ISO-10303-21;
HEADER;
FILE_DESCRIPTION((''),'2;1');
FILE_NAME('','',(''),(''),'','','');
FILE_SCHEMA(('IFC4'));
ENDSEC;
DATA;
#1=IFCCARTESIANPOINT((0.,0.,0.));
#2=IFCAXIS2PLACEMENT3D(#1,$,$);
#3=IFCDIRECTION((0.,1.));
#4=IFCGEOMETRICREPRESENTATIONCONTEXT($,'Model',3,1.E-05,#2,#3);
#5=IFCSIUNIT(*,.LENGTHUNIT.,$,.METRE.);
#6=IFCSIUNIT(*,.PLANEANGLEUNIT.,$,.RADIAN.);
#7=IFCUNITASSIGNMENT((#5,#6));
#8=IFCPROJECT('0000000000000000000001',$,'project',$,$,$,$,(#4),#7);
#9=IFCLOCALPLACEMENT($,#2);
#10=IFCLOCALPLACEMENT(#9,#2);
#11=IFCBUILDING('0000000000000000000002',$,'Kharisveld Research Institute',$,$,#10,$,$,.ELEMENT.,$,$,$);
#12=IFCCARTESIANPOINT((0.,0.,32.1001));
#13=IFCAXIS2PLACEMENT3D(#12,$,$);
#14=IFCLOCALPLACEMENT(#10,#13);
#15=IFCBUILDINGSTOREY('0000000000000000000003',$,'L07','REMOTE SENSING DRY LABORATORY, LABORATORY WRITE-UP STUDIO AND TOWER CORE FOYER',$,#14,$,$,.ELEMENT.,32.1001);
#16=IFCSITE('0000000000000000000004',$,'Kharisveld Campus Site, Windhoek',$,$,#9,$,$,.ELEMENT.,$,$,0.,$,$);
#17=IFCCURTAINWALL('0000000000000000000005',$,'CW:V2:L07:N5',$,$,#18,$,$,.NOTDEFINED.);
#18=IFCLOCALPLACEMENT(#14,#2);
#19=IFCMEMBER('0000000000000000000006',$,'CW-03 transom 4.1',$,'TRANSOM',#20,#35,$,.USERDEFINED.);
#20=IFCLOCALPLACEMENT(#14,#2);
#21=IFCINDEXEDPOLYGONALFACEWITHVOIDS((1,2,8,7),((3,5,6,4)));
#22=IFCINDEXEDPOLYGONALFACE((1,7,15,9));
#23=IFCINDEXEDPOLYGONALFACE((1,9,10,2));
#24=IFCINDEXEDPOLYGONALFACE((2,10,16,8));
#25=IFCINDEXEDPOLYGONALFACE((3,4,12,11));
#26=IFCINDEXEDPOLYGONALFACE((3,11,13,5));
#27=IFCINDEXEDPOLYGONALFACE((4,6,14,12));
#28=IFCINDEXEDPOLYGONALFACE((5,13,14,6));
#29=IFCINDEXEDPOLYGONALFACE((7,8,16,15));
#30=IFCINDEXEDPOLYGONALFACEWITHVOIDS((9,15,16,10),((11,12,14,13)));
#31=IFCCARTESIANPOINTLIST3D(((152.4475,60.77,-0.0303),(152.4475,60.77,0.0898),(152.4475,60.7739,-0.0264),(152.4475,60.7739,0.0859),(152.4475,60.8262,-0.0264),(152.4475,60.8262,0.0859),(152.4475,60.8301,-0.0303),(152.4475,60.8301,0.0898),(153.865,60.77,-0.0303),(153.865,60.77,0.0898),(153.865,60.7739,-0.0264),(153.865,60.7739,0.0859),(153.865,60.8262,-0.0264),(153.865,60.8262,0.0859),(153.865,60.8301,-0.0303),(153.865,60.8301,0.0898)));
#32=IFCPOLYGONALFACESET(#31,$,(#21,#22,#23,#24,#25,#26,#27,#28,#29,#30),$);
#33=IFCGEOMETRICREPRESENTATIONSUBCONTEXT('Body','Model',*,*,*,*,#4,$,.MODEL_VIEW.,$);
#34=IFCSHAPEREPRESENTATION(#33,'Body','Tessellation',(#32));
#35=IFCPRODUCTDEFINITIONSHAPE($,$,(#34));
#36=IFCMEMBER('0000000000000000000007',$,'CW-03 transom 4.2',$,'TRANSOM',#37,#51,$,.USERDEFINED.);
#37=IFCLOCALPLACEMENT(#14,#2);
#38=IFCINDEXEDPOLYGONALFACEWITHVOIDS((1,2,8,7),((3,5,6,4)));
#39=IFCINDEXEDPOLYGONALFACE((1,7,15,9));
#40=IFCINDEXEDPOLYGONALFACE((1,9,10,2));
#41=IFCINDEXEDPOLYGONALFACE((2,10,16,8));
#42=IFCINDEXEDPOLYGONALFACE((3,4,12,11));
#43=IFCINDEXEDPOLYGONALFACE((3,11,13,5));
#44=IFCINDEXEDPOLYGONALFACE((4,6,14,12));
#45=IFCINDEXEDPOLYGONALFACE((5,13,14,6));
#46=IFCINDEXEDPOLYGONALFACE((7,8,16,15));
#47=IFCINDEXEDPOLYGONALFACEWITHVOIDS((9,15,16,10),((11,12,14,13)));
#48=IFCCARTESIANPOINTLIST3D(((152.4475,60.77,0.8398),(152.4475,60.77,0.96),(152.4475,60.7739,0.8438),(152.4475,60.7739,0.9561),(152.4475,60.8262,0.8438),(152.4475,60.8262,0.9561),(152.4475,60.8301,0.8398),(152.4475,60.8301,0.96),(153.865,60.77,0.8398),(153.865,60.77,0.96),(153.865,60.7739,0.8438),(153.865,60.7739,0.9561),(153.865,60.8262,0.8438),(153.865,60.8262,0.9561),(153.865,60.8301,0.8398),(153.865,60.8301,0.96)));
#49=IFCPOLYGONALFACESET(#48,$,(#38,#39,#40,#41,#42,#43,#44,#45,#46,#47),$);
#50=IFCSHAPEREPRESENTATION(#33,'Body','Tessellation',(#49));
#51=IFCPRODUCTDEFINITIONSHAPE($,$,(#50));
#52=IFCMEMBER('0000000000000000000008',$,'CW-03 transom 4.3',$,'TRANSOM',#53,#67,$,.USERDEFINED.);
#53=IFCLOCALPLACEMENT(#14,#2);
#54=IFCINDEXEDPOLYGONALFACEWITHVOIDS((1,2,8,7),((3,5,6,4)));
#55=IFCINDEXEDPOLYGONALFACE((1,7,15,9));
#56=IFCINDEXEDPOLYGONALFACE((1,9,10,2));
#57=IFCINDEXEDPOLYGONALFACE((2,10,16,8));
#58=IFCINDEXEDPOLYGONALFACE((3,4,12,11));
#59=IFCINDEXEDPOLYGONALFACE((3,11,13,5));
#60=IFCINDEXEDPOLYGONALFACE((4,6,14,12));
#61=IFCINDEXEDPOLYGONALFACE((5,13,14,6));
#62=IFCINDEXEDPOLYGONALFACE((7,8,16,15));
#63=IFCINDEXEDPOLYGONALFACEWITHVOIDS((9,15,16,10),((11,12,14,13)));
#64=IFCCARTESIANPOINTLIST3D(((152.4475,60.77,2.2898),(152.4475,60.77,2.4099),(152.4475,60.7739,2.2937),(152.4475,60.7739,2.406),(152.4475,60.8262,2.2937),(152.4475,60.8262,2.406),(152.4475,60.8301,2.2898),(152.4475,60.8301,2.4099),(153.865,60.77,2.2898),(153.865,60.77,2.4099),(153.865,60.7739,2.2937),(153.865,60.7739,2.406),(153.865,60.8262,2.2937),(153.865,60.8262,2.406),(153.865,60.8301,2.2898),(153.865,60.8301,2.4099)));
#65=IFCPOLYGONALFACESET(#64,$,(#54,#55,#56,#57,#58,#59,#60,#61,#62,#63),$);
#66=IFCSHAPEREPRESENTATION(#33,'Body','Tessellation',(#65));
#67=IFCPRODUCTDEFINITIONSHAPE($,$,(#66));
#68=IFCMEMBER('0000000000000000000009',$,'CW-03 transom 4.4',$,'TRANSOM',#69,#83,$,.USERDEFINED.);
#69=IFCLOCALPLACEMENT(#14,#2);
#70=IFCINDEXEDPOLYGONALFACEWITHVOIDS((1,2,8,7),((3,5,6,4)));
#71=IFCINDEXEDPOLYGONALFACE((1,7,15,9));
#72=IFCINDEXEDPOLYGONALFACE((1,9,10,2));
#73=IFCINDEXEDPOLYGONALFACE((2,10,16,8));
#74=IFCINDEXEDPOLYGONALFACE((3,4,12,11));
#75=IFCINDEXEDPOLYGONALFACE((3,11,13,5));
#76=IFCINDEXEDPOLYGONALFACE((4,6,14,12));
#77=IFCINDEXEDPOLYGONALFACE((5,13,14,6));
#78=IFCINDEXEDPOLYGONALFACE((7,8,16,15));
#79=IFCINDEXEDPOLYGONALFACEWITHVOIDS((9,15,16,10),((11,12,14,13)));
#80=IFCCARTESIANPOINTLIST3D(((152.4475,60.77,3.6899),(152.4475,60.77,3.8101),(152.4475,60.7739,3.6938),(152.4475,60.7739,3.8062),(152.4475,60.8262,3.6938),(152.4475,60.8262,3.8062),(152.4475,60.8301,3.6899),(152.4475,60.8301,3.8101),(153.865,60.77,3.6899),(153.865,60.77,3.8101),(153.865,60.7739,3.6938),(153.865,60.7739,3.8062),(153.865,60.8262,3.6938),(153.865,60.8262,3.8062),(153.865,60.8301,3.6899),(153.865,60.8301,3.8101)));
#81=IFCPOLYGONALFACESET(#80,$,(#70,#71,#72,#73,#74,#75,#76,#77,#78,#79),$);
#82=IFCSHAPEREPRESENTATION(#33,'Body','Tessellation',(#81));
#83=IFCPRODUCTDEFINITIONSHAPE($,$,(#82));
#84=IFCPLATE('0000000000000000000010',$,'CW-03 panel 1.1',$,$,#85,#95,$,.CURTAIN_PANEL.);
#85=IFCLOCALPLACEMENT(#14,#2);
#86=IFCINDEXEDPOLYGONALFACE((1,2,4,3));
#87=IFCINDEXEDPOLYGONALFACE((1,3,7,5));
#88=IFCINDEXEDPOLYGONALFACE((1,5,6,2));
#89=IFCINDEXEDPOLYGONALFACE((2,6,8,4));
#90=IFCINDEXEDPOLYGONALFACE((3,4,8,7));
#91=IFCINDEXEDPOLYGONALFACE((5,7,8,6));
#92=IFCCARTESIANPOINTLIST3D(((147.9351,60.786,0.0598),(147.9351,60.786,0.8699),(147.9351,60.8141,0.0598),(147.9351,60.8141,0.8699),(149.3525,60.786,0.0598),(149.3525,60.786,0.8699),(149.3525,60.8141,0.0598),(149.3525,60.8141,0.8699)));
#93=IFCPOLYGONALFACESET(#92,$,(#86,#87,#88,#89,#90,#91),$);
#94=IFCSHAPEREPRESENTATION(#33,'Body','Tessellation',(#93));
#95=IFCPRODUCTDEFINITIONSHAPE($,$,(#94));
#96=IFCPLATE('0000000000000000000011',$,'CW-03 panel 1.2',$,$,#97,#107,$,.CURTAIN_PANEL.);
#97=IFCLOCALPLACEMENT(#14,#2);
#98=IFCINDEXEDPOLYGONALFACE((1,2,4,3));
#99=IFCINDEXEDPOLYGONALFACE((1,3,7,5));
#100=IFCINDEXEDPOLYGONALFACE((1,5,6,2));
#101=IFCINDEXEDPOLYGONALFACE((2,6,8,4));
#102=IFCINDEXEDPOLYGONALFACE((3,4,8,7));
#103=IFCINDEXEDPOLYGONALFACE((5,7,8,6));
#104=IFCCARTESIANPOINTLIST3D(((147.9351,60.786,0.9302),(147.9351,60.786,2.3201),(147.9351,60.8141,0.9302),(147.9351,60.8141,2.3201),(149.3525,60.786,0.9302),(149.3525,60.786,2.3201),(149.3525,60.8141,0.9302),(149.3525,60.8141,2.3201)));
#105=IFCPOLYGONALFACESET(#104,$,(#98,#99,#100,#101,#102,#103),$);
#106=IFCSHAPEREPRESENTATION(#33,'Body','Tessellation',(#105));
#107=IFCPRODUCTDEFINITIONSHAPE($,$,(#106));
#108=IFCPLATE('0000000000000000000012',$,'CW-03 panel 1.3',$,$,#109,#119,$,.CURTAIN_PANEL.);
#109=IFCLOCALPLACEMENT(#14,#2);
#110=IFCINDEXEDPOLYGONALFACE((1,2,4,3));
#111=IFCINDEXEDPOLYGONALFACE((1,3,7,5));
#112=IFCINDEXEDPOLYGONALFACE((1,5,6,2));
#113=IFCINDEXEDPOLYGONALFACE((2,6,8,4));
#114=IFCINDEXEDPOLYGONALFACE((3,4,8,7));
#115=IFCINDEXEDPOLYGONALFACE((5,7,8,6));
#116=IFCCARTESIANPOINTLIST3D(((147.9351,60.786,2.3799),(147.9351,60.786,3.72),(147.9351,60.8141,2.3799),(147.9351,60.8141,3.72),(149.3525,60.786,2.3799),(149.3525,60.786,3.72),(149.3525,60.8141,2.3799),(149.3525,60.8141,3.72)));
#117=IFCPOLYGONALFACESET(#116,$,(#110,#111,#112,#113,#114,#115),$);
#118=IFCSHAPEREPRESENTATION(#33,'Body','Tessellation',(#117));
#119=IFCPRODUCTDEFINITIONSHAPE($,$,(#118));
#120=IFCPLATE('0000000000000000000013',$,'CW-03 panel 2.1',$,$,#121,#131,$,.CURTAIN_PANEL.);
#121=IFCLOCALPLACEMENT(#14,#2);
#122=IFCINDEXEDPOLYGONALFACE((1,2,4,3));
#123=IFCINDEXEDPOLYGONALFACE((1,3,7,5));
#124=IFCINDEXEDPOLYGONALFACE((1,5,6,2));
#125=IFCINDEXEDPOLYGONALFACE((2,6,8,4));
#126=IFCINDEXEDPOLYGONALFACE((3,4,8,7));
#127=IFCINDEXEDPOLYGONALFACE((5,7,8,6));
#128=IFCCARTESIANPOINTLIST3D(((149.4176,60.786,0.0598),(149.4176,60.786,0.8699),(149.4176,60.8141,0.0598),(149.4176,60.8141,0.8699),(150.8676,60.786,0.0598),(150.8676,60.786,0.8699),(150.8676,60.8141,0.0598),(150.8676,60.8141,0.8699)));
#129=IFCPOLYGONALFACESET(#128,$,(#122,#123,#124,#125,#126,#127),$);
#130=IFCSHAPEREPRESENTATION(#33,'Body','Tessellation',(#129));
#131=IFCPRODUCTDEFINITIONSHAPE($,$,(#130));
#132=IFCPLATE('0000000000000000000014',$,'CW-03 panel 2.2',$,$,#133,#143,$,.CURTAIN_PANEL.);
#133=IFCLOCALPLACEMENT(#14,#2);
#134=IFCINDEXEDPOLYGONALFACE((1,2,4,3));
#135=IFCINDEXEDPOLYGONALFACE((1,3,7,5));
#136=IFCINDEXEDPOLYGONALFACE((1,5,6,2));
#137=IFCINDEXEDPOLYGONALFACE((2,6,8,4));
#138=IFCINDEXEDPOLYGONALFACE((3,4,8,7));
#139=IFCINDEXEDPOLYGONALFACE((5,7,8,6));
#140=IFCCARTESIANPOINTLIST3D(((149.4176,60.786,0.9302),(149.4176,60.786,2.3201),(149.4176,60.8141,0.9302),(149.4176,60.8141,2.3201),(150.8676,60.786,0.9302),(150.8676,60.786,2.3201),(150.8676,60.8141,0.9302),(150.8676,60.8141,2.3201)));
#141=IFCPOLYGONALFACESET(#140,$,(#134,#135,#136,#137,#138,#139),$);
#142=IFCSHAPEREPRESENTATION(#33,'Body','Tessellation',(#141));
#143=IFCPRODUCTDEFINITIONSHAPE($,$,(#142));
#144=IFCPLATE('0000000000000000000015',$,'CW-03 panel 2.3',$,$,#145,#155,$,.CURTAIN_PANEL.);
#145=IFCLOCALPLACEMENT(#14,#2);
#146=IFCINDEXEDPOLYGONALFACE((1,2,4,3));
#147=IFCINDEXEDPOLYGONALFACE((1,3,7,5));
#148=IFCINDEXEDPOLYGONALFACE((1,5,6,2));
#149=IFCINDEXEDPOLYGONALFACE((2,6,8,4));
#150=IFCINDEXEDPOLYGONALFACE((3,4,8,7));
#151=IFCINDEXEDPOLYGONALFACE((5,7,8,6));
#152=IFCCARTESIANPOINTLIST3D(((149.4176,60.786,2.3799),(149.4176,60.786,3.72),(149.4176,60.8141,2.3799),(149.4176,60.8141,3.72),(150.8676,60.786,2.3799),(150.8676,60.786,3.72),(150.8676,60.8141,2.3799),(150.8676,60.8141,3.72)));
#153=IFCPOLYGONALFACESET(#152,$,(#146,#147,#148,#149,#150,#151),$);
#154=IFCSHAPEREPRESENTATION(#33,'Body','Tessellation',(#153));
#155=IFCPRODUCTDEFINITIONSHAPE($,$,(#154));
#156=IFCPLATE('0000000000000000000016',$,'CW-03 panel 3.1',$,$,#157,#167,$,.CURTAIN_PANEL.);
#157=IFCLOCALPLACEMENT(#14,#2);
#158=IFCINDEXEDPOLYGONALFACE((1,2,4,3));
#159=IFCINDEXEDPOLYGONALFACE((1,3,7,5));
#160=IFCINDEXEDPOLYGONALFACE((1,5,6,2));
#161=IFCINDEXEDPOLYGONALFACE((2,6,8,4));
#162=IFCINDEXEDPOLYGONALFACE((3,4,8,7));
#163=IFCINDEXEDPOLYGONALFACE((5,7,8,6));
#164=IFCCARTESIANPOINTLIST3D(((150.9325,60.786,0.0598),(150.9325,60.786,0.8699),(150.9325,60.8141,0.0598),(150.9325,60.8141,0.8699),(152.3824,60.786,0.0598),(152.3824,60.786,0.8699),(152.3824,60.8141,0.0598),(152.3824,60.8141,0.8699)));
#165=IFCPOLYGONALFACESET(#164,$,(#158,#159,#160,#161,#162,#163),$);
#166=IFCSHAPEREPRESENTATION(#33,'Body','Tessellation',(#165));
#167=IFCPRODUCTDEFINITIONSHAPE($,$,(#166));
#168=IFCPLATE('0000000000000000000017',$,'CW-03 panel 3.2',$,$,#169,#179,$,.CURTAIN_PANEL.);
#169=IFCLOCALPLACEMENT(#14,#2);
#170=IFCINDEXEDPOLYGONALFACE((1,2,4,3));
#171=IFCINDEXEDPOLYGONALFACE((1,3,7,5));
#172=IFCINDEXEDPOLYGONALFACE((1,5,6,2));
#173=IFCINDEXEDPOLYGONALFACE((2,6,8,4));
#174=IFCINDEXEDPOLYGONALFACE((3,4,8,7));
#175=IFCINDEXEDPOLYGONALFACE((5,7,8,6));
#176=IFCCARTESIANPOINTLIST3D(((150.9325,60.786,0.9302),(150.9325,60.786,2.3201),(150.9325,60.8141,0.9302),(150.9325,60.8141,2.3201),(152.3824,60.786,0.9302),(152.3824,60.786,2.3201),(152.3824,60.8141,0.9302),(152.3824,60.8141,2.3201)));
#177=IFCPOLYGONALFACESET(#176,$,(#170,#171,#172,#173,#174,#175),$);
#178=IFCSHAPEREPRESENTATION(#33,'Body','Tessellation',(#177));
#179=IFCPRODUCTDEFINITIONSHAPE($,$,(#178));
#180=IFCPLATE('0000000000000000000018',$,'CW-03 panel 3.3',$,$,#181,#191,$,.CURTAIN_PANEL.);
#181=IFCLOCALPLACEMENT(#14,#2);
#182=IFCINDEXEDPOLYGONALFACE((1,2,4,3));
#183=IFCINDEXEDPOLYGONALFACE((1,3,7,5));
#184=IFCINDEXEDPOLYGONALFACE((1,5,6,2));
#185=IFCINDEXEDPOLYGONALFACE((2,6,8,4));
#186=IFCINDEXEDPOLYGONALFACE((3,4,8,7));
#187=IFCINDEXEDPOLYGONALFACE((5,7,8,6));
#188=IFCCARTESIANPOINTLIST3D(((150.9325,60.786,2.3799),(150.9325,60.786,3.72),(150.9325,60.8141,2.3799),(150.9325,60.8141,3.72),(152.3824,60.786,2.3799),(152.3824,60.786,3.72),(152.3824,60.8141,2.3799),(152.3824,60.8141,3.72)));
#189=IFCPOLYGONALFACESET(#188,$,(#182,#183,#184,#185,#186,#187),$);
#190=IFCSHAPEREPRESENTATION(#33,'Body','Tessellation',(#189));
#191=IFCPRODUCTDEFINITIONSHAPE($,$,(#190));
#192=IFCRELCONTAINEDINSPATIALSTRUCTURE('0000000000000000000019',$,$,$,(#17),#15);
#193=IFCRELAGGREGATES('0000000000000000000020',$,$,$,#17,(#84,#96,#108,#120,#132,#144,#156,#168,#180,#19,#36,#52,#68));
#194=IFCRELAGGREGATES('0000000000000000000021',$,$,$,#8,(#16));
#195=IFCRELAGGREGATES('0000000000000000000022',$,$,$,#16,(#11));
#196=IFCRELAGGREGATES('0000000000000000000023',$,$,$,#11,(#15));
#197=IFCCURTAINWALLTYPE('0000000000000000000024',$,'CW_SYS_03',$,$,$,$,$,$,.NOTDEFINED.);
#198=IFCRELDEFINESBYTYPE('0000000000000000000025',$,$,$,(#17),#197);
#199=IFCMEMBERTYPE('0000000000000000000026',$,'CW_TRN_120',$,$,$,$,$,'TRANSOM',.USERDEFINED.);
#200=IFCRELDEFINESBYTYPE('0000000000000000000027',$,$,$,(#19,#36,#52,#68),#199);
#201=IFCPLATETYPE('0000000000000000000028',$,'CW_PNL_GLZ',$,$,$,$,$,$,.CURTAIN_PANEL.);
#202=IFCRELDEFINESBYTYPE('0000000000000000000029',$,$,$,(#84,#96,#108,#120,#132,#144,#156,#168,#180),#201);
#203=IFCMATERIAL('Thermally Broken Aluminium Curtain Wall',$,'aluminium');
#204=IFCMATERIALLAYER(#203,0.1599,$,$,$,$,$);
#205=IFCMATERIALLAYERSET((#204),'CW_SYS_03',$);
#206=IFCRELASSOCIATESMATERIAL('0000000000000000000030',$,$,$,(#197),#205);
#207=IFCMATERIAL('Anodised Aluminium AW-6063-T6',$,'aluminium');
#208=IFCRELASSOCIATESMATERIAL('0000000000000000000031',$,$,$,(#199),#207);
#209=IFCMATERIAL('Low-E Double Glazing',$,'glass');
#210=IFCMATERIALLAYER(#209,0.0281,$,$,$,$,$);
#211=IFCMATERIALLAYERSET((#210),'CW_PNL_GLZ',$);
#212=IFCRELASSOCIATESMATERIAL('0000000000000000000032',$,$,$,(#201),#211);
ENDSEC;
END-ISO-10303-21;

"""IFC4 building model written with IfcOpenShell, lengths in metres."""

from ifc_helpers import new_model, si_unit, direction, frame, origin, origin_2d, place, context, subcontext, project, spatial, rectangle, hollow_rectangle, extrude, material, layer, layer_set, material_profile, profile_set, type_object, element, aggregate, save


model = new_model("IFC4")

# Units and contexts
model_context = context("Model", 3, precision=1e-05, world=origin(), true_north=direction((0.0, 1.0)))
body_context = subcontext(model_context, "Body", "Model", "MODEL_VIEW")
ifc_project = project(units=[si_unit("LENGTHUNIT", "METRE"), si_unit("PLANEANGLEUNIT", "RADIAN")], contexts=[model_context])

# Site, building, storey
site_placement = place(None, origin())
site = spatial("IfcSite", under=ifc_project, at=site_placement, Name="Kharisveld Campus Site, Windhoek", CompositionType="ELEMENT", RefElevation=0.0)
building_placement = place(site_placement, origin())
building = spatial("IfcBuilding", under=site, at=building_placement, Name="Kharisveld Research Institute", CompositionType="ELEMENT")
storey_placement = place(building_placement, frame((0.0, 0.0, 32.1001)))
storey = spatial("IfcBuildingStorey", under=building, at=storey_placement, Name="L07", Description="REMOTE SENSING DRY LABORATORY, LABORATORY WRITE-UP STUDIO AND TOWER CORE FOYER", CompositionType="ELEMENT", Elevation=32.1001)

# Curtain wall, members, plates
ifc_material_1 = material(Name="Thermally Broken Aluminium Curtain Wall", Category="aluminium")
ifc_layer_1 = layer(ifc_material_1, 0.1599)
ifc_layer_set_1 = layer_set([ifc_layer_1], Name="CW_SYS_03")
curtain_wall_type = type_object("IfcCurtainWallType", Name="CW_SYS_03", PredefinedType="NOTDEFINED", material=ifc_layer_set_1)
curtain_wall_placement = place(storey_placement, origin())
curtain_wall = element("IfcCurtainWall", 1, at=curtain_wall_placement, inside=storey, type_object=curtain_wall_type, Name="CW:V2:L07:N5", PredefinedType="NOTDEFINED")
ifc_material_2 = material(Name="Anodised Aluminium AW-6063-T6", Category="aluminium")
ifc_material_profile_1 = material_profile(ifc_material_2, hollow_rectangle(XDim=0.0601, YDim=0.1201, WallThickness=0.0039, at=origin_2d()))
ifc_profile_set_1 = profile_set([ifc_material_profile_1], Name="Anodised Aluminium AW-6063-T6")
member_type_1 = type_object("IfcMemberType", Name="CW_TRN_120", ElementType="TRANSOM", PredefinedType="USERDEFINED", material=ifc_profile_set_1)
member_1_placement = place(storey_placement, frame((152.4475, 60.8, 0.0298), z_axis=(1.0, 0.0, 0.0), x_axis=(0.0, 1.0, 0.0)))
member_1 = element("IfcMember", 2, at=member_1_placement, type_object=member_type_1, Name="CW-03 transom 4.1", ObjectType="TRANSOM", PredefinedType="USERDEFINED", context=body_context, shape_type="SweptSolid", body=[
    extrude(hollow_rectangle(XDim=0.0601, YDim=0.1201, WallThickness=0.0039, at=origin_2d()), origin(), (0.0, 0.0, 1.0), 1.4175),
])
member_2_placement = place(storey_placement, frame((152.4475, 60.8, 0.8999), z_axis=(1.0, 0.0, 0.0), x_axis=(0.0, 1.0, 0.0)))
member_2 = element("IfcMember", 3, at=member_2_placement, type_object=member_type_1, Name="CW-03 transom 4.2", ObjectType="TRANSOM", PredefinedType="USERDEFINED", context=body_context, shape_type="SweptSolid", body=[
    extrude(hollow_rectangle(XDim=0.0601, YDim=0.1201, WallThickness=0.0039, at=origin_2d()), origin(), (0.0, 0.0, 1.0), 1.4175),
])
member_3_placement = place(storey_placement, frame((152.4475, 60.8, 2.3499), z_axis=(1.0, 0.0, 0.0), x_axis=(0.0, 1.0, 0.0)))
member_3 = element("IfcMember", 4, at=member_3_placement, type_object=member_type_1, Name="CW-03 transom 4.3", ObjectType="TRANSOM", PredefinedType="USERDEFINED", context=body_context, shape_type="SweptSolid", body=[
    extrude(hollow_rectangle(XDim=0.0601, YDim=0.1201, WallThickness=0.0039, at=origin_2d()), origin(), (0.0, 0.0, 1.0), 1.4175),
])
member_4_placement = place(storey_placement, frame((152.4475, 60.8, 3.75), z_axis=(1.0, 0.0, 0.0), x_axis=(0.0, 1.0, 0.0)))
member_4 = element("IfcMember", 5, at=member_4_placement, type_object=member_type_1, Name="CW-03 transom 4.4", ObjectType="TRANSOM", PredefinedType="USERDEFINED", context=body_context, shape_type="SweptSolid", body=[
    extrude(hollow_rectangle(XDim=0.0601, YDim=0.1201, WallThickness=0.0039, at=origin_2d()), origin(), (0.0, 0.0, 1.0), 1.4175),
])
ifc_material_3 = material(Name="Low-E Double Glazing", Category="glass")
ifc_layer_2 = layer(ifc_material_3, 0.0281)
ifc_layer_set_2 = layer_set([ifc_layer_2], Name="CW_PNL_GLZ")
plate_type = type_object("IfcPlateType", Name="CW_PNL_GLZ", PredefinedType="CURTAIN_PANEL", material=ifc_layer_set_2)
plate_1_placement = place(storey_placement, frame((148.6438, 60.8, 0.0598), z_axis=(0.0, 0.0, 1.0), x_axis=(1.0, 0.0, 0.0)))
plate_1 = element("IfcPlate", 6, at=plate_1_placement, type_object=plate_type, Name="CW-03 panel 1.1", PredefinedType="CURTAIN_PANEL", context=body_context, shape_type="SweptSolid", body=[
    extrude(rectangle(XDim=1.4175, YDim=0.0281, at=origin_2d()), origin(), (0.0, 0.0, 1.0), 0.8101),
])
plate_2_placement = place(storey_placement, frame((148.6438, 60.8, 0.9302), z_axis=(0.0, 0.0, 1.0), x_axis=(1.0, 0.0, 0.0)))
plate_2 = element("IfcPlate", 7, at=plate_2_placement, type_object=plate_type, Name="CW-03 panel 1.2", PredefinedType="CURTAIN_PANEL", context=body_context, shape_type="SweptSolid", body=[
    extrude(rectangle(XDim=1.4175, YDim=0.0281, at=origin_2d()), origin(), (0.0, 0.0, 1.0), 1.3899),
])
plate_3_placement = place(storey_placement, frame((148.6438, 60.8, 2.3799), z_axis=(0.0, 0.0, 1.0), x_axis=(1.0, 0.0, 0.0)))
plate_3 = element("IfcPlate", 8, at=plate_3_placement, type_object=plate_type, Name="CW-03 panel 1.3", PredefinedType="CURTAIN_PANEL", context=body_context, shape_type="SweptSolid", body=[
    extrude(rectangle(XDim=1.4175, YDim=0.0281, at=origin_2d()), origin(), (0.0, 0.0, 1.0), 1.3401),
])
plate_4_placement = place(storey_placement, frame((150.1426, 60.8, 0.0598), z_axis=(0.0, 0.0, 1.0), x_axis=(1.0, 0.0, 0.0)))
plate_4 = element("IfcPlate", 9, at=plate_4_placement, type_object=plate_type, Name="CW-03 panel 2.1", PredefinedType="CURTAIN_PANEL", context=body_context, shape_type="SweptSolid", body=[
    extrude(rectangle(XDim=1.45, YDim=0.0281, at=origin_2d()), origin(), (0.0, 0.0, 1.0), 0.8101),
])
plate_5_placement = place(storey_placement, frame((150.1426, 60.8, 0.9302), z_axis=(0.0, 0.0, 1.0), x_axis=(1.0, 0.0, 0.0)))
plate_5 = element("IfcPlate", 10, at=plate_5_placement, type_object=plate_type, Name="CW-03 panel 2.2", PredefinedType="CURTAIN_PANEL", context=body_context, shape_type="SweptSolid", body=[
    extrude(rectangle(XDim=1.45, YDim=0.0281, at=origin_2d()), origin(), (0.0, 0.0, 1.0), 1.3899),
])
plate_6_placement = place(storey_placement, frame((150.1426, 60.8, 2.3799), z_axis=(0.0, 0.0, 1.0), x_axis=(1.0, 0.0, 0.0)))
plate_6 = element("IfcPlate", 11, at=plate_6_placement, type_object=plate_type, Name="CW-03 panel 2.3", PredefinedType="CURTAIN_PANEL", context=body_context, shape_type="SweptSolid", body=[
    extrude(rectangle(XDim=1.45, YDim=0.0281, at=origin_2d()), origin(), (0.0, 0.0, 1.0), 1.3401),
])
plate_7_placement = place(storey_placement, frame((151.6575, 60.8, 0.0598), z_axis=(0.0, 0.0, 1.0), x_axis=(1.0, 0.0, 0.0)))
plate_7 = element("IfcPlate", 12, at=plate_7_placement, type_object=plate_type, Name="CW-03 panel 3.1", PredefinedType="CURTAIN_PANEL", context=body_context, shape_type="SweptSolid", body=[
    extrude(rectangle(XDim=1.45, YDim=0.0281, at=origin_2d()), origin(), (0.0, 0.0, 1.0), 0.8101),
])
plate_8_placement = place(storey_placement, frame((151.6575, 60.8, 0.9302), z_axis=(0.0, 0.0, 1.0), x_axis=(1.0, 0.0, 0.0)))
plate_8 = element("IfcPlate", 13, at=plate_8_placement, type_object=plate_type, Name="CW-03 panel 3.2", PredefinedType="CURTAIN_PANEL", context=body_context, shape_type="SweptSolid", body=[
    extrude(rectangle(XDim=1.45, YDim=0.0281, at=origin_2d()), origin(), (0.0, 0.0, 1.0), 1.3899),
])
plate_9_placement = place(storey_placement, frame((151.6575, 60.8, 2.3799), z_axis=(0.0, 0.0, 1.0), x_axis=(1.0, 0.0, 0.0)))
plate_9 = element("IfcPlate", 14, at=plate_9_placement, type_object=plate_type, Name="CW-03 panel 3.3", PredefinedType="CURTAIN_PANEL", context=body_context, shape_type="SweptSolid", body=[
    extrude(rectangle(XDim=1.45, YDim=0.0281, at=origin_2d()), origin(), (0.0, 0.0, 1.0), 1.3401),
])
aggregate(curtain_wall, [plate_1, plate_2, plate_3, plate_4, plate_5, plate_6, plate_7, plate_8, plate_9, member_1, member_2, member_3, member_4])

save(model, "model.ifc")
